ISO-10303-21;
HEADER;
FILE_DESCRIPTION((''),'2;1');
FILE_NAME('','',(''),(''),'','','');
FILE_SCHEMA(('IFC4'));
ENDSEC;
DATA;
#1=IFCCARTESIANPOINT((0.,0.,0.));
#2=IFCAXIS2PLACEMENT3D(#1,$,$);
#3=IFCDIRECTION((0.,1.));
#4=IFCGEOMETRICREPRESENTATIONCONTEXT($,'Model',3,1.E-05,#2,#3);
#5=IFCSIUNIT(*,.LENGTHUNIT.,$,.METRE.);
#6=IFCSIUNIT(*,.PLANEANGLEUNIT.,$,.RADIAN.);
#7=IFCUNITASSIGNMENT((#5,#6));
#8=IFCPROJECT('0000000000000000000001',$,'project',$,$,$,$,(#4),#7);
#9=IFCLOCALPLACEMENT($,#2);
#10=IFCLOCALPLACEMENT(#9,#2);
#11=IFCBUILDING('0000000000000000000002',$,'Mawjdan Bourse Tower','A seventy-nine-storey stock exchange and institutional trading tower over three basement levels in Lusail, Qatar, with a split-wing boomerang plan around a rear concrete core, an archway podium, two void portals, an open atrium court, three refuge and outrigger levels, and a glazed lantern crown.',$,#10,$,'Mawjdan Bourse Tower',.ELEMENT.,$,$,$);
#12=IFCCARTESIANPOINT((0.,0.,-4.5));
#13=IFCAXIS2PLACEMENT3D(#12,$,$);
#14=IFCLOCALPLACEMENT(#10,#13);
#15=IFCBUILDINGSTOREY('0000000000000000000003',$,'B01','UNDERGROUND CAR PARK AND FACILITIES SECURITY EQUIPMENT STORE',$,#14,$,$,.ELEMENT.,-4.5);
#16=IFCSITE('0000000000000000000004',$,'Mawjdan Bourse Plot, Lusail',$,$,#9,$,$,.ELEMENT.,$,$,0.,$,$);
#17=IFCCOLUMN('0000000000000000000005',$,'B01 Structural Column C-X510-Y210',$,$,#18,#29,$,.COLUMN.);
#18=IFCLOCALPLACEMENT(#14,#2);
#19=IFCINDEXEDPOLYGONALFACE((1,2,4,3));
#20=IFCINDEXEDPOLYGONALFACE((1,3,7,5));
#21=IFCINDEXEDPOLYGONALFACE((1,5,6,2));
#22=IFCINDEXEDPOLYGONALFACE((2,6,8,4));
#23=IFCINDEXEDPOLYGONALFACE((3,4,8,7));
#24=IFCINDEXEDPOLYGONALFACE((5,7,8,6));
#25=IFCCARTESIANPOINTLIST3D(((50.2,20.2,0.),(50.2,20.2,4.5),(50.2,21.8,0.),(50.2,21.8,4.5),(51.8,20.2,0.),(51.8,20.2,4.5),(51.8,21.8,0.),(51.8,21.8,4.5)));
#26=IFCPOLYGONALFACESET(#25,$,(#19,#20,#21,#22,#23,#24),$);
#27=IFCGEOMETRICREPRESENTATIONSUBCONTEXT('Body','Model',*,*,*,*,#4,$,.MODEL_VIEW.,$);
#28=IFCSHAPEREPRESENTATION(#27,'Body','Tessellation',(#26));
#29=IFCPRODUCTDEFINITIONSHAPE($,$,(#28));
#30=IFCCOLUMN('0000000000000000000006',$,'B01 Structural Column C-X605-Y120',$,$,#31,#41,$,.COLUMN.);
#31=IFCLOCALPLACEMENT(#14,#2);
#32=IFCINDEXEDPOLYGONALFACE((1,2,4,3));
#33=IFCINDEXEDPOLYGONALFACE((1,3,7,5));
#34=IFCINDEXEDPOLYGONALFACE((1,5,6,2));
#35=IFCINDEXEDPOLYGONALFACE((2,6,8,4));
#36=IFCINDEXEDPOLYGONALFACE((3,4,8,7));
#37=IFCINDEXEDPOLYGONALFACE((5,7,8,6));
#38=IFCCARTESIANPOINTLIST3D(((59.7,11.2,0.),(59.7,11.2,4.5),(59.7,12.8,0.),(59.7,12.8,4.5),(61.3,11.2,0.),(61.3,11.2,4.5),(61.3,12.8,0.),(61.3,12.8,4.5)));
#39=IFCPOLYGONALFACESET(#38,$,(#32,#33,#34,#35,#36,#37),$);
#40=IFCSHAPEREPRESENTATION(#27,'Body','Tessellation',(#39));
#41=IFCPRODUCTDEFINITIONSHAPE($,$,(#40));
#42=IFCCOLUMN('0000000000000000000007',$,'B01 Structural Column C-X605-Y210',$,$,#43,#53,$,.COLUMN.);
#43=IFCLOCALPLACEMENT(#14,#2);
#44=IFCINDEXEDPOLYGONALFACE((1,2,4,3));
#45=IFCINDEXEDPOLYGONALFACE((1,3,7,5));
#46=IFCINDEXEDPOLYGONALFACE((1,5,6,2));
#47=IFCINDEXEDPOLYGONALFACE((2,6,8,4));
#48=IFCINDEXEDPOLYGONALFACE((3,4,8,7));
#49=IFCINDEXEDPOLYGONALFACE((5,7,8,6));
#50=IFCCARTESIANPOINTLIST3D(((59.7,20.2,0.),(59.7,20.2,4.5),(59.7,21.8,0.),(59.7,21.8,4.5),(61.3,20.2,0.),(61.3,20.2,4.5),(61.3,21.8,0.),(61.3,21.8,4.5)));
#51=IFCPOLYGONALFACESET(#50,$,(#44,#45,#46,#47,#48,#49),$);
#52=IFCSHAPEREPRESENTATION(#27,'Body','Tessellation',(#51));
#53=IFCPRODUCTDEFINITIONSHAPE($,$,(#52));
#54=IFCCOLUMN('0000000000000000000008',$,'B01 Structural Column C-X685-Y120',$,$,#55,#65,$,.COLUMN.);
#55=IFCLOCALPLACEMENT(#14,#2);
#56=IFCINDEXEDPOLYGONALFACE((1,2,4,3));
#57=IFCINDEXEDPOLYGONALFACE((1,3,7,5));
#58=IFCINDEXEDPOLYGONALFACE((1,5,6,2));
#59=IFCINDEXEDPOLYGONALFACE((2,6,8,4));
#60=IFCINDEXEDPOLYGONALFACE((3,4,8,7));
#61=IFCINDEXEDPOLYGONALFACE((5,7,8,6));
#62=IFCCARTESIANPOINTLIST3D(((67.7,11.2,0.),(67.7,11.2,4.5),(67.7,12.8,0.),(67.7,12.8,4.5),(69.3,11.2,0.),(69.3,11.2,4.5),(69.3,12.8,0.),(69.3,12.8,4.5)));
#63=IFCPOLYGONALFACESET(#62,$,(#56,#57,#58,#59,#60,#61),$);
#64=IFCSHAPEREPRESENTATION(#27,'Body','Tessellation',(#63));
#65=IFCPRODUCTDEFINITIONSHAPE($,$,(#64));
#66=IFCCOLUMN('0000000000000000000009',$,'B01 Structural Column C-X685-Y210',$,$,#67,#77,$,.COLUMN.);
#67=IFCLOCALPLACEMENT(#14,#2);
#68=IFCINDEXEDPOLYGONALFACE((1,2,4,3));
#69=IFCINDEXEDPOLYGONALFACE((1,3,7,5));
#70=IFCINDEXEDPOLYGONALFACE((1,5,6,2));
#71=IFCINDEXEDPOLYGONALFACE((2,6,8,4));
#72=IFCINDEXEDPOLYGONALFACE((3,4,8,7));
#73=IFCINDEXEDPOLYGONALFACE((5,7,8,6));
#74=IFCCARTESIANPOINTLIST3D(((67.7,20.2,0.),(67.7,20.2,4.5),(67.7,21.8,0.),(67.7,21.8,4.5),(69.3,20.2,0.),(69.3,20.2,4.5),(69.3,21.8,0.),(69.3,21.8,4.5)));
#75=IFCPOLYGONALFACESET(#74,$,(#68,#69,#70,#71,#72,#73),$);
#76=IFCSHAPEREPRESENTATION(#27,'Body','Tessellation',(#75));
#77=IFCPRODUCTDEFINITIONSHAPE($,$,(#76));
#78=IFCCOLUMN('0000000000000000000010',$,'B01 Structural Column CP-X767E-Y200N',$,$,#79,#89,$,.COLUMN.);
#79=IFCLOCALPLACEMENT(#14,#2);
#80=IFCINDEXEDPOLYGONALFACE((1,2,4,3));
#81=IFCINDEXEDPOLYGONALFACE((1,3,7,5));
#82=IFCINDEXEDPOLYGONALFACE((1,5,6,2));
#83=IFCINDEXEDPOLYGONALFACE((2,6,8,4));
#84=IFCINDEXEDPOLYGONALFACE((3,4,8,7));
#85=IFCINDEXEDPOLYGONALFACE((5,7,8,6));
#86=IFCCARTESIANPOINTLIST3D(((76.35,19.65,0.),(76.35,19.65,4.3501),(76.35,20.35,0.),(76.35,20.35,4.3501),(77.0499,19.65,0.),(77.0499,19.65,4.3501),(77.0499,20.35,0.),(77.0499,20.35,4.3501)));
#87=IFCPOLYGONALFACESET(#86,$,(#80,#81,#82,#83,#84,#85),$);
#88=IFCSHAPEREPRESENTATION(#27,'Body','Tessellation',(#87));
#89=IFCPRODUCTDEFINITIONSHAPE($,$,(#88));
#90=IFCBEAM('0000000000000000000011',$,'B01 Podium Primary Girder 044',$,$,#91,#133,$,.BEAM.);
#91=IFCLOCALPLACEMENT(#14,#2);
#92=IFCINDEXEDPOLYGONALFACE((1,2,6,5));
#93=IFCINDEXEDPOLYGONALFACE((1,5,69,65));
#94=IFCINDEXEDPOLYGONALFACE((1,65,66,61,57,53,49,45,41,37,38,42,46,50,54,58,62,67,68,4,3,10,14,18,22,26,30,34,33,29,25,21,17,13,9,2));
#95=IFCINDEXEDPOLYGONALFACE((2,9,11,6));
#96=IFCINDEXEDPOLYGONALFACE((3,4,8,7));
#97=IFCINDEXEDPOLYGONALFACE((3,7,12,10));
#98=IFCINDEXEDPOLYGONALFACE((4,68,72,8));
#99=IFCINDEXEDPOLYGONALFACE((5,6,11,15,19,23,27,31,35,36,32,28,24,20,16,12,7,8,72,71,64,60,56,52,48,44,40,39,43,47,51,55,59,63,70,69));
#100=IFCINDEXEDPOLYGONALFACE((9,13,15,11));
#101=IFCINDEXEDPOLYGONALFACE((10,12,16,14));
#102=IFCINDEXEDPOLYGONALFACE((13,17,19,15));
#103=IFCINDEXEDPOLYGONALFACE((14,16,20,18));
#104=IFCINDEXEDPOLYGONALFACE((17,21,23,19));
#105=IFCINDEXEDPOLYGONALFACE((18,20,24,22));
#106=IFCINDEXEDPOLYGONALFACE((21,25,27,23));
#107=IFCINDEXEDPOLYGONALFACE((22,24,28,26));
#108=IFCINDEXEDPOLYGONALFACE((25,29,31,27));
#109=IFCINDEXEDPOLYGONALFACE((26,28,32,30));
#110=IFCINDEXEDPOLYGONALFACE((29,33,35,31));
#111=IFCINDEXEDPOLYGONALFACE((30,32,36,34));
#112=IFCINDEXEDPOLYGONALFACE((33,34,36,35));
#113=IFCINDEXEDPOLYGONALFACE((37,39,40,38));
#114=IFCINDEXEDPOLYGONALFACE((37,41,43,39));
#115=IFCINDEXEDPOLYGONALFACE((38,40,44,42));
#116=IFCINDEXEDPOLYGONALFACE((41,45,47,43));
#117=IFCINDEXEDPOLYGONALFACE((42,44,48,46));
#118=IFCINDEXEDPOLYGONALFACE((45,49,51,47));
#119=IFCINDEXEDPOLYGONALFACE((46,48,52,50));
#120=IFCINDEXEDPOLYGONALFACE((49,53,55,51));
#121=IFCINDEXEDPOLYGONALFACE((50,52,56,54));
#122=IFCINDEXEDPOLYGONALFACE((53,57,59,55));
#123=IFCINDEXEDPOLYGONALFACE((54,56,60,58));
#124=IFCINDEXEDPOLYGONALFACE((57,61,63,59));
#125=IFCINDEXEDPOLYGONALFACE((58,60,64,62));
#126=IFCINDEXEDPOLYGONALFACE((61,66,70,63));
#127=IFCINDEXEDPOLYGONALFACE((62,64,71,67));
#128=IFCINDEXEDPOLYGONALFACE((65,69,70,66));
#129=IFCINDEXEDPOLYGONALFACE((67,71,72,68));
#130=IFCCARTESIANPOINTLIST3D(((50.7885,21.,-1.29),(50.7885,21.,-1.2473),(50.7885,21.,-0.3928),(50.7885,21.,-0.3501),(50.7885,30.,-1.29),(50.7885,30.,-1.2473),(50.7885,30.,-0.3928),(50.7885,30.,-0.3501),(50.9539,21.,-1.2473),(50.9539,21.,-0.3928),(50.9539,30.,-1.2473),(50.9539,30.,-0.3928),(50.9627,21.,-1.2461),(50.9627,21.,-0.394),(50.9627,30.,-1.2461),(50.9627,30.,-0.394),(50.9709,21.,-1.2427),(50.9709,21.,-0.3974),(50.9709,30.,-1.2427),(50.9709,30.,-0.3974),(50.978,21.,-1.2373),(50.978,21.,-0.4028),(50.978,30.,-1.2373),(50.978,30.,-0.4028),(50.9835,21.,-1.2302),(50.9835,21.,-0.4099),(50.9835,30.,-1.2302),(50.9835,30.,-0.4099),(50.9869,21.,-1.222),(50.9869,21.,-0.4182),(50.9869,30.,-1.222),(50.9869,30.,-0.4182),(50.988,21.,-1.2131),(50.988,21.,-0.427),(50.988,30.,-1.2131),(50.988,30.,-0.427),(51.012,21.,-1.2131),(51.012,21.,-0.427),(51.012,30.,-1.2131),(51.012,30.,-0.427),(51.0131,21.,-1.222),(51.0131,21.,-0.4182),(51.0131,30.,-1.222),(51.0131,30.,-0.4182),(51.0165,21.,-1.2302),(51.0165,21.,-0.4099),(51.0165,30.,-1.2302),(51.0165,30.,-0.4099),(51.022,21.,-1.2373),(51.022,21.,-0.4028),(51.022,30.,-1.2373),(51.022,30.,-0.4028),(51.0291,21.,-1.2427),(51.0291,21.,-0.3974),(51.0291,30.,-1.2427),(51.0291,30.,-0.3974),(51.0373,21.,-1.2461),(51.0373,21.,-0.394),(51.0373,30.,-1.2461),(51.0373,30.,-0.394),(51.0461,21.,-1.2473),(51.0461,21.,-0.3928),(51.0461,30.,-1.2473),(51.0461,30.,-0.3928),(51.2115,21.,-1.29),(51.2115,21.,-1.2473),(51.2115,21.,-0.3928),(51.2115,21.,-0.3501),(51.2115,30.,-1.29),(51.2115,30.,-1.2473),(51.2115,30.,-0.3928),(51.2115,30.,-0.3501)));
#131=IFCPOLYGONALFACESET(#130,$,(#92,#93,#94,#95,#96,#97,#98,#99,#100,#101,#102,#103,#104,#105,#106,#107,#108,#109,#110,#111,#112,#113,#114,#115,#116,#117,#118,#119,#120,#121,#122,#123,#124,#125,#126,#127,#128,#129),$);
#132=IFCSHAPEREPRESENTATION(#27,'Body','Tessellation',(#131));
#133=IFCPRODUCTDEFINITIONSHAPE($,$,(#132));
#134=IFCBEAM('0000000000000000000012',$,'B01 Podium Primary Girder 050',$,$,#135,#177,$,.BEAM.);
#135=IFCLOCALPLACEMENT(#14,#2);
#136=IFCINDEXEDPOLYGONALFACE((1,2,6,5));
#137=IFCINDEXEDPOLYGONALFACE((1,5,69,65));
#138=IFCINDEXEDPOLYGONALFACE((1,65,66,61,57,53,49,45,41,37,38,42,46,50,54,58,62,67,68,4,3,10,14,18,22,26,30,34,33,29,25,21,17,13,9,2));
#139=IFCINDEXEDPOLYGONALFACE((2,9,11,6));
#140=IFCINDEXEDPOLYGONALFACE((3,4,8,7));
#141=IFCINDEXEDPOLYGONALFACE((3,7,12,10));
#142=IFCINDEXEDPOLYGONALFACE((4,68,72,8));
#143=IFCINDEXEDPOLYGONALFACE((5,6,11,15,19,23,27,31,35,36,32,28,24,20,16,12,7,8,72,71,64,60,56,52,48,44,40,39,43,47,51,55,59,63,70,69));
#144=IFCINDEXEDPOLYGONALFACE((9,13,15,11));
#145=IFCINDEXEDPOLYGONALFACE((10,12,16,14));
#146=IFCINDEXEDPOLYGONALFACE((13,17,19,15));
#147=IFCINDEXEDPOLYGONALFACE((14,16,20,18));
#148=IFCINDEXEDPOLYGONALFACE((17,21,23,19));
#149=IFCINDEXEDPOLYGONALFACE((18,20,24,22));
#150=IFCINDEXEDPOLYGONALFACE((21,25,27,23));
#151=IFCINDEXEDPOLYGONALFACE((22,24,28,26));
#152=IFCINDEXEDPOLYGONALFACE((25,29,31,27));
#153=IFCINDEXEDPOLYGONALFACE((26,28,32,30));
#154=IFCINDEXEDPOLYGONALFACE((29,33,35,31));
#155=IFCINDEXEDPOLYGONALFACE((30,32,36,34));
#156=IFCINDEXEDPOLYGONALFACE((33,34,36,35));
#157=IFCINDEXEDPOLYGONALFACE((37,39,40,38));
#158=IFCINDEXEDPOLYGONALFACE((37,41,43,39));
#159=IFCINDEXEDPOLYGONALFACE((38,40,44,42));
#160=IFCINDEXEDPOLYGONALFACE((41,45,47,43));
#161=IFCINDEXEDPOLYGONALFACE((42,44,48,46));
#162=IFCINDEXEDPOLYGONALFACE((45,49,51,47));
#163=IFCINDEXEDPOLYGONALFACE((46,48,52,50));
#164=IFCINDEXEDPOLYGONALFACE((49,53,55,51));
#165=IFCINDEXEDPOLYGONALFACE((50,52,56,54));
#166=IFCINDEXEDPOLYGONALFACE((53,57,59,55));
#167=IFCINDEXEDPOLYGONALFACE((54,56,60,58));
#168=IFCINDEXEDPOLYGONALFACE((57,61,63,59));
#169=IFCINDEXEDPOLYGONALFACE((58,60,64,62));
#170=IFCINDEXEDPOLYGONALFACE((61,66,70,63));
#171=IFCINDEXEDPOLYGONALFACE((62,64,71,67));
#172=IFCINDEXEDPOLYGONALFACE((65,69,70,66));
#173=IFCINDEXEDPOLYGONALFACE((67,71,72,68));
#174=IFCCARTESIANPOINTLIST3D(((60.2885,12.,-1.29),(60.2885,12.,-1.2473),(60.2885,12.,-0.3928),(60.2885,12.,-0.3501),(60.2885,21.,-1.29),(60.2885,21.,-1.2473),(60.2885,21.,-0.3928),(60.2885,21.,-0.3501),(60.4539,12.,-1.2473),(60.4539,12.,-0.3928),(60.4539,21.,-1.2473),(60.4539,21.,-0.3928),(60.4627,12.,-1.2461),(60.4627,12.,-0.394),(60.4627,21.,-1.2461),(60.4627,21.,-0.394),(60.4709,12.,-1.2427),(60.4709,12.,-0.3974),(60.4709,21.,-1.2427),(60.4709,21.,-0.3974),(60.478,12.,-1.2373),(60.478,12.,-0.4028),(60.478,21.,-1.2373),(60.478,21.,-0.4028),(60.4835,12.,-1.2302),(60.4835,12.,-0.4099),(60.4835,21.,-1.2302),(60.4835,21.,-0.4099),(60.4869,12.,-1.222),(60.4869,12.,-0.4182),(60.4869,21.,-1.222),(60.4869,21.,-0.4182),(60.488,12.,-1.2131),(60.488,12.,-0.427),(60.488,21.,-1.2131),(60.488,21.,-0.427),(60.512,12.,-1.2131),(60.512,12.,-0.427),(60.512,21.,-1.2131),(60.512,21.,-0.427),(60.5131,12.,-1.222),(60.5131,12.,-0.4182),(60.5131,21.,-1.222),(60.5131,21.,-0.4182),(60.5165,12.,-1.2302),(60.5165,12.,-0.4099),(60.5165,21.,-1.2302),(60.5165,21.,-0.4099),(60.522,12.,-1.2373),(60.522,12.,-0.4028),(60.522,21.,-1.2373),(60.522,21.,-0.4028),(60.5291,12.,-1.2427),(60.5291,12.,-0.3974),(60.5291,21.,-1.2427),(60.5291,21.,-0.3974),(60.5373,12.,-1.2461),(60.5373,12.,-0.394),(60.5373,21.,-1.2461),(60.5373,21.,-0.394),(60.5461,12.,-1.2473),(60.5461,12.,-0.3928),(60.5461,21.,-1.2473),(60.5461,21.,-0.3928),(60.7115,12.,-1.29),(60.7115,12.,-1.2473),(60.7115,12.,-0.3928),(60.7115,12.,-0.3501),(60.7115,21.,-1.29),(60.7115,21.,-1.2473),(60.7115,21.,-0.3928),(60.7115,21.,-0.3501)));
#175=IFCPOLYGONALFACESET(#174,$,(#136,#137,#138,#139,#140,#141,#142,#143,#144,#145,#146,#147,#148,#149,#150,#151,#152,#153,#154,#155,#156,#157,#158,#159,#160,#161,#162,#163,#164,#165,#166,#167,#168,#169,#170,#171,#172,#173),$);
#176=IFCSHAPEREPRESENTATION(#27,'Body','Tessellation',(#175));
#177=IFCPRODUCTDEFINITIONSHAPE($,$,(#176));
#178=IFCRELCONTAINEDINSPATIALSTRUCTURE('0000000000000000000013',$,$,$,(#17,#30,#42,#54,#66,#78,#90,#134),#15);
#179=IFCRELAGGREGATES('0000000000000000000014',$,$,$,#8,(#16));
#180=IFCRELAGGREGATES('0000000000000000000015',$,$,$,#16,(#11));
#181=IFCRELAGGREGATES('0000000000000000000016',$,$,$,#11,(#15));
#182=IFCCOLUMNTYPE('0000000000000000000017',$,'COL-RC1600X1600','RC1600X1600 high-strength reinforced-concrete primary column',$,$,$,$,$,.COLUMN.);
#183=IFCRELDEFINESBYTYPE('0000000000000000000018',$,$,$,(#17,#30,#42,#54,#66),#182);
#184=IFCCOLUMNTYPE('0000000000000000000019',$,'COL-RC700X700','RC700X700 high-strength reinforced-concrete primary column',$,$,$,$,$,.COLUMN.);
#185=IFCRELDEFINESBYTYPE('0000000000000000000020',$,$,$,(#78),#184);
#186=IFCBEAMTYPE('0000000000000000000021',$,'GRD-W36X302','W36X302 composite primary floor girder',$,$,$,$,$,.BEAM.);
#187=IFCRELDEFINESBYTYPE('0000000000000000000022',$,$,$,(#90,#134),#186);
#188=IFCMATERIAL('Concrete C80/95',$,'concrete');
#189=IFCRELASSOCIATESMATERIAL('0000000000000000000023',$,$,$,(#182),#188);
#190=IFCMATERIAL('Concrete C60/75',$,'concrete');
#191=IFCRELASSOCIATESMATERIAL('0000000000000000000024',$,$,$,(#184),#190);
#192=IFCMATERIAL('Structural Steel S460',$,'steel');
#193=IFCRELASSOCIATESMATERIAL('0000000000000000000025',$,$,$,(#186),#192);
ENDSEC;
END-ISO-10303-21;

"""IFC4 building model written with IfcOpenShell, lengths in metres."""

from ifc_helpers import new_model, si_unit, direction, frame, origin, origin_2d, place, context, subcontext, project, spatial, rectangle, i_section, extrude, material, material_profile, profile_set, type_object, element, save


model = new_model("IFC4")

# Units and contexts
model_context = context("Model", 3, precision=1e-05, world=origin(), true_north=direction((0.0, 1.0)))
body_context = subcontext(model_context, "Body", "Model", "MODEL_VIEW")
ifc_project = project(units=[si_unit("LENGTHUNIT", "METRE"), si_unit("PLANEANGLEUNIT", "RADIAN")], contexts=[model_context])

# Site, building, storey
site_placement = place(None, origin())
site = spatial("IfcSite", under=ifc_project, at=site_placement, Name="Mawjdan Bourse Plot, Lusail", CompositionType="ELEMENT", RefElevation=0.0)
building_placement = place(site_placement, origin())
building = spatial("IfcBuilding", under=site, at=building_placement, Name="Mawjdan Bourse Tower", Description="A seventy-nine-storey stock exchange and institutional trading tower over three basement levels in Lusail, Qatar, with a split-wing boomerang plan around a rear concrete core, an archway podium, two void portals, an open atrium court, three refuge and outrigger levels, and a glazed lantern crown.", LongName="Mawjdan Bourse Tower", CompositionType="ELEMENT")
storey_placement = place(building_placement, frame((0.0, 0.0, -4.5)))
storey = spatial("IfcBuildingStorey", under=building, at=storey_placement, Name="B01", Description="UNDERGROUND CAR PARK AND FACILITIES SECURITY EQUIPMENT STORE", CompositionType="ELEMENT", Elevation=-4.5)

# Columns
ifc_material_1 = material(Name="Concrete C80/95", Category="concrete")
ifc_material_profile_1 = material_profile(ifc_material_1, rectangle(XDim=1.6001, YDim=1.6001, at=origin_2d()), Name="RC1600X1600")
ifc_profile_set_1 = profile_set([ifc_material_profile_1], Name="Concrete C80/95")
column_type_1 = type_object("IfcColumnType", Name="COL-RC1600X1600", Description="RC1600X1600 high-strength reinforced-concrete primary column", PredefinedType="COLUMN", material=ifc_profile_set_1)
for number, where, z_axis, x_axis, name in (
    (1, (51.0, 21.0, 0.0), (0.0, 0.0, 1.0), (1.0, 0.0, 0.0), "B01 Structural Column C-X510-Y210"),
    (2, (60.5, 12.0, 0.0), (0.0, 0.0, 1.0), (1.0, 0.0, 0.0), "B01 Structural Column C-X605-Y120"),
    (3, (60.5, 21.0, 0.0), (0.0, 0.0, 1.0), (1.0, 0.0, 0.0), "B01 Structural Column C-X605-Y210"),
    (4, (68.5, 12.0, 0.0), (0.0, 0.0, 1.0), (1.0, 0.0, 0.0), "B01 Structural Column C-X685-Y120"),
    (5, (68.5, 21.0, 0.0), (0.0, 0.0, 1.0), (1.0, 0.0, 0.0), "B01 Structural Column C-X685-Y210"),
):
    element("IfcColumn", number, at=place(storey_placement, frame(where, z_axis=z_axis, x_axis=x_axis)), inside=storey, type_object=column_type_1, Name=name, PredefinedType="COLUMN", context=body_context, shape_type="SweptSolid", body=[
        extrude(rectangle(XDim=1.6001, YDim=1.6001, at=origin_2d()), origin(), (0.0, 0.0, 1.0), 4.5),
    ])
ifc_material_2 = material(Name="Concrete C60/75", Category="concrete")
ifc_material_profile_2 = material_profile(ifc_material_2, rectangle(XDim=0.7, YDim=0.7, at=origin_2d()), Name="RC700X700")
ifc_profile_set_2 = profile_set([ifc_material_profile_2], Name="Concrete C60/75")
column_type_2 = type_object("IfcColumnType", Name="COL-RC700X700", Description="RC700X700 high-strength reinforced-concrete primary column", PredefinedType="COLUMN", material=ifc_profile_set_2)
column_placement = place(storey_placement, frame((76.7, 20.0, 0.0), z_axis=(0.0, 0.0, 1.0), x_axis=(1.0, 0.0, 0.0)))
element("IfcColumn", 6, at=column_placement, inside=storey, type_object=column_type_2, Name="B01 Structural Column CP-X767E-Y200N", PredefinedType="COLUMN", context=body_context, shape_type="SweptSolid", body=[
    extrude(rectangle(XDim=0.7, YDim=0.7, at=origin_2d()), origin(), (0.0, 0.0, 1.0), 4.3501),
])

# Beams
ifc_material_3 = material(Name="Structural Steel S460", Category="steel")
ifc_material_profile_3 = material_profile(ifc_material_3, i_section(OverallWidth=0.4231, OverallDepth=0.9399, WebThickness=0.0239, FlangeThickness=0.0427, FilletRadius=0.0342, at=origin_2d()), Name="W36X302")
ifc_profile_set_3 = profile_set([ifc_material_profile_3], Name="Structural Steel S460")
beam_type_1 = type_object("IfcBeamType", Name="GRD-W36X302", Description="W36X302 composite primary floor girder", PredefinedType="BEAM", material=ifc_profile_set_3)
for number, where, z_axis, x_axis, name in (
    (7, (51.0, 21.0, -0.8201), (0.0, 1.0, 0.0), (-1.0, 0.0, 0.0), "B01 Podium Primary Girder 044"),
    (8, (60.5, 12.0, -0.8201), (0.0, 1.0, 0.0), (-1.0, 0.0, 0.0), "B01 Podium Primary Girder 050"),
):
    element("IfcBeam", number, at=place(storey_placement, frame(where, z_axis=z_axis, x_axis=x_axis)), inside=storey, type_object=beam_type_1, Name=name, PredefinedType="BEAM", context=body_context, shape_type="SweptSolid", body=[
        extrude(i_section(OverallWidth=0.4231, OverallDepth=0.9399, WebThickness=0.0239, FlangeThickness=0.0427, FilletRadius=0.0342, at=origin_2d()), origin(), (0.0, 0.0, 1.0), 9.0),
    ])

save(model, "model.ifc")
